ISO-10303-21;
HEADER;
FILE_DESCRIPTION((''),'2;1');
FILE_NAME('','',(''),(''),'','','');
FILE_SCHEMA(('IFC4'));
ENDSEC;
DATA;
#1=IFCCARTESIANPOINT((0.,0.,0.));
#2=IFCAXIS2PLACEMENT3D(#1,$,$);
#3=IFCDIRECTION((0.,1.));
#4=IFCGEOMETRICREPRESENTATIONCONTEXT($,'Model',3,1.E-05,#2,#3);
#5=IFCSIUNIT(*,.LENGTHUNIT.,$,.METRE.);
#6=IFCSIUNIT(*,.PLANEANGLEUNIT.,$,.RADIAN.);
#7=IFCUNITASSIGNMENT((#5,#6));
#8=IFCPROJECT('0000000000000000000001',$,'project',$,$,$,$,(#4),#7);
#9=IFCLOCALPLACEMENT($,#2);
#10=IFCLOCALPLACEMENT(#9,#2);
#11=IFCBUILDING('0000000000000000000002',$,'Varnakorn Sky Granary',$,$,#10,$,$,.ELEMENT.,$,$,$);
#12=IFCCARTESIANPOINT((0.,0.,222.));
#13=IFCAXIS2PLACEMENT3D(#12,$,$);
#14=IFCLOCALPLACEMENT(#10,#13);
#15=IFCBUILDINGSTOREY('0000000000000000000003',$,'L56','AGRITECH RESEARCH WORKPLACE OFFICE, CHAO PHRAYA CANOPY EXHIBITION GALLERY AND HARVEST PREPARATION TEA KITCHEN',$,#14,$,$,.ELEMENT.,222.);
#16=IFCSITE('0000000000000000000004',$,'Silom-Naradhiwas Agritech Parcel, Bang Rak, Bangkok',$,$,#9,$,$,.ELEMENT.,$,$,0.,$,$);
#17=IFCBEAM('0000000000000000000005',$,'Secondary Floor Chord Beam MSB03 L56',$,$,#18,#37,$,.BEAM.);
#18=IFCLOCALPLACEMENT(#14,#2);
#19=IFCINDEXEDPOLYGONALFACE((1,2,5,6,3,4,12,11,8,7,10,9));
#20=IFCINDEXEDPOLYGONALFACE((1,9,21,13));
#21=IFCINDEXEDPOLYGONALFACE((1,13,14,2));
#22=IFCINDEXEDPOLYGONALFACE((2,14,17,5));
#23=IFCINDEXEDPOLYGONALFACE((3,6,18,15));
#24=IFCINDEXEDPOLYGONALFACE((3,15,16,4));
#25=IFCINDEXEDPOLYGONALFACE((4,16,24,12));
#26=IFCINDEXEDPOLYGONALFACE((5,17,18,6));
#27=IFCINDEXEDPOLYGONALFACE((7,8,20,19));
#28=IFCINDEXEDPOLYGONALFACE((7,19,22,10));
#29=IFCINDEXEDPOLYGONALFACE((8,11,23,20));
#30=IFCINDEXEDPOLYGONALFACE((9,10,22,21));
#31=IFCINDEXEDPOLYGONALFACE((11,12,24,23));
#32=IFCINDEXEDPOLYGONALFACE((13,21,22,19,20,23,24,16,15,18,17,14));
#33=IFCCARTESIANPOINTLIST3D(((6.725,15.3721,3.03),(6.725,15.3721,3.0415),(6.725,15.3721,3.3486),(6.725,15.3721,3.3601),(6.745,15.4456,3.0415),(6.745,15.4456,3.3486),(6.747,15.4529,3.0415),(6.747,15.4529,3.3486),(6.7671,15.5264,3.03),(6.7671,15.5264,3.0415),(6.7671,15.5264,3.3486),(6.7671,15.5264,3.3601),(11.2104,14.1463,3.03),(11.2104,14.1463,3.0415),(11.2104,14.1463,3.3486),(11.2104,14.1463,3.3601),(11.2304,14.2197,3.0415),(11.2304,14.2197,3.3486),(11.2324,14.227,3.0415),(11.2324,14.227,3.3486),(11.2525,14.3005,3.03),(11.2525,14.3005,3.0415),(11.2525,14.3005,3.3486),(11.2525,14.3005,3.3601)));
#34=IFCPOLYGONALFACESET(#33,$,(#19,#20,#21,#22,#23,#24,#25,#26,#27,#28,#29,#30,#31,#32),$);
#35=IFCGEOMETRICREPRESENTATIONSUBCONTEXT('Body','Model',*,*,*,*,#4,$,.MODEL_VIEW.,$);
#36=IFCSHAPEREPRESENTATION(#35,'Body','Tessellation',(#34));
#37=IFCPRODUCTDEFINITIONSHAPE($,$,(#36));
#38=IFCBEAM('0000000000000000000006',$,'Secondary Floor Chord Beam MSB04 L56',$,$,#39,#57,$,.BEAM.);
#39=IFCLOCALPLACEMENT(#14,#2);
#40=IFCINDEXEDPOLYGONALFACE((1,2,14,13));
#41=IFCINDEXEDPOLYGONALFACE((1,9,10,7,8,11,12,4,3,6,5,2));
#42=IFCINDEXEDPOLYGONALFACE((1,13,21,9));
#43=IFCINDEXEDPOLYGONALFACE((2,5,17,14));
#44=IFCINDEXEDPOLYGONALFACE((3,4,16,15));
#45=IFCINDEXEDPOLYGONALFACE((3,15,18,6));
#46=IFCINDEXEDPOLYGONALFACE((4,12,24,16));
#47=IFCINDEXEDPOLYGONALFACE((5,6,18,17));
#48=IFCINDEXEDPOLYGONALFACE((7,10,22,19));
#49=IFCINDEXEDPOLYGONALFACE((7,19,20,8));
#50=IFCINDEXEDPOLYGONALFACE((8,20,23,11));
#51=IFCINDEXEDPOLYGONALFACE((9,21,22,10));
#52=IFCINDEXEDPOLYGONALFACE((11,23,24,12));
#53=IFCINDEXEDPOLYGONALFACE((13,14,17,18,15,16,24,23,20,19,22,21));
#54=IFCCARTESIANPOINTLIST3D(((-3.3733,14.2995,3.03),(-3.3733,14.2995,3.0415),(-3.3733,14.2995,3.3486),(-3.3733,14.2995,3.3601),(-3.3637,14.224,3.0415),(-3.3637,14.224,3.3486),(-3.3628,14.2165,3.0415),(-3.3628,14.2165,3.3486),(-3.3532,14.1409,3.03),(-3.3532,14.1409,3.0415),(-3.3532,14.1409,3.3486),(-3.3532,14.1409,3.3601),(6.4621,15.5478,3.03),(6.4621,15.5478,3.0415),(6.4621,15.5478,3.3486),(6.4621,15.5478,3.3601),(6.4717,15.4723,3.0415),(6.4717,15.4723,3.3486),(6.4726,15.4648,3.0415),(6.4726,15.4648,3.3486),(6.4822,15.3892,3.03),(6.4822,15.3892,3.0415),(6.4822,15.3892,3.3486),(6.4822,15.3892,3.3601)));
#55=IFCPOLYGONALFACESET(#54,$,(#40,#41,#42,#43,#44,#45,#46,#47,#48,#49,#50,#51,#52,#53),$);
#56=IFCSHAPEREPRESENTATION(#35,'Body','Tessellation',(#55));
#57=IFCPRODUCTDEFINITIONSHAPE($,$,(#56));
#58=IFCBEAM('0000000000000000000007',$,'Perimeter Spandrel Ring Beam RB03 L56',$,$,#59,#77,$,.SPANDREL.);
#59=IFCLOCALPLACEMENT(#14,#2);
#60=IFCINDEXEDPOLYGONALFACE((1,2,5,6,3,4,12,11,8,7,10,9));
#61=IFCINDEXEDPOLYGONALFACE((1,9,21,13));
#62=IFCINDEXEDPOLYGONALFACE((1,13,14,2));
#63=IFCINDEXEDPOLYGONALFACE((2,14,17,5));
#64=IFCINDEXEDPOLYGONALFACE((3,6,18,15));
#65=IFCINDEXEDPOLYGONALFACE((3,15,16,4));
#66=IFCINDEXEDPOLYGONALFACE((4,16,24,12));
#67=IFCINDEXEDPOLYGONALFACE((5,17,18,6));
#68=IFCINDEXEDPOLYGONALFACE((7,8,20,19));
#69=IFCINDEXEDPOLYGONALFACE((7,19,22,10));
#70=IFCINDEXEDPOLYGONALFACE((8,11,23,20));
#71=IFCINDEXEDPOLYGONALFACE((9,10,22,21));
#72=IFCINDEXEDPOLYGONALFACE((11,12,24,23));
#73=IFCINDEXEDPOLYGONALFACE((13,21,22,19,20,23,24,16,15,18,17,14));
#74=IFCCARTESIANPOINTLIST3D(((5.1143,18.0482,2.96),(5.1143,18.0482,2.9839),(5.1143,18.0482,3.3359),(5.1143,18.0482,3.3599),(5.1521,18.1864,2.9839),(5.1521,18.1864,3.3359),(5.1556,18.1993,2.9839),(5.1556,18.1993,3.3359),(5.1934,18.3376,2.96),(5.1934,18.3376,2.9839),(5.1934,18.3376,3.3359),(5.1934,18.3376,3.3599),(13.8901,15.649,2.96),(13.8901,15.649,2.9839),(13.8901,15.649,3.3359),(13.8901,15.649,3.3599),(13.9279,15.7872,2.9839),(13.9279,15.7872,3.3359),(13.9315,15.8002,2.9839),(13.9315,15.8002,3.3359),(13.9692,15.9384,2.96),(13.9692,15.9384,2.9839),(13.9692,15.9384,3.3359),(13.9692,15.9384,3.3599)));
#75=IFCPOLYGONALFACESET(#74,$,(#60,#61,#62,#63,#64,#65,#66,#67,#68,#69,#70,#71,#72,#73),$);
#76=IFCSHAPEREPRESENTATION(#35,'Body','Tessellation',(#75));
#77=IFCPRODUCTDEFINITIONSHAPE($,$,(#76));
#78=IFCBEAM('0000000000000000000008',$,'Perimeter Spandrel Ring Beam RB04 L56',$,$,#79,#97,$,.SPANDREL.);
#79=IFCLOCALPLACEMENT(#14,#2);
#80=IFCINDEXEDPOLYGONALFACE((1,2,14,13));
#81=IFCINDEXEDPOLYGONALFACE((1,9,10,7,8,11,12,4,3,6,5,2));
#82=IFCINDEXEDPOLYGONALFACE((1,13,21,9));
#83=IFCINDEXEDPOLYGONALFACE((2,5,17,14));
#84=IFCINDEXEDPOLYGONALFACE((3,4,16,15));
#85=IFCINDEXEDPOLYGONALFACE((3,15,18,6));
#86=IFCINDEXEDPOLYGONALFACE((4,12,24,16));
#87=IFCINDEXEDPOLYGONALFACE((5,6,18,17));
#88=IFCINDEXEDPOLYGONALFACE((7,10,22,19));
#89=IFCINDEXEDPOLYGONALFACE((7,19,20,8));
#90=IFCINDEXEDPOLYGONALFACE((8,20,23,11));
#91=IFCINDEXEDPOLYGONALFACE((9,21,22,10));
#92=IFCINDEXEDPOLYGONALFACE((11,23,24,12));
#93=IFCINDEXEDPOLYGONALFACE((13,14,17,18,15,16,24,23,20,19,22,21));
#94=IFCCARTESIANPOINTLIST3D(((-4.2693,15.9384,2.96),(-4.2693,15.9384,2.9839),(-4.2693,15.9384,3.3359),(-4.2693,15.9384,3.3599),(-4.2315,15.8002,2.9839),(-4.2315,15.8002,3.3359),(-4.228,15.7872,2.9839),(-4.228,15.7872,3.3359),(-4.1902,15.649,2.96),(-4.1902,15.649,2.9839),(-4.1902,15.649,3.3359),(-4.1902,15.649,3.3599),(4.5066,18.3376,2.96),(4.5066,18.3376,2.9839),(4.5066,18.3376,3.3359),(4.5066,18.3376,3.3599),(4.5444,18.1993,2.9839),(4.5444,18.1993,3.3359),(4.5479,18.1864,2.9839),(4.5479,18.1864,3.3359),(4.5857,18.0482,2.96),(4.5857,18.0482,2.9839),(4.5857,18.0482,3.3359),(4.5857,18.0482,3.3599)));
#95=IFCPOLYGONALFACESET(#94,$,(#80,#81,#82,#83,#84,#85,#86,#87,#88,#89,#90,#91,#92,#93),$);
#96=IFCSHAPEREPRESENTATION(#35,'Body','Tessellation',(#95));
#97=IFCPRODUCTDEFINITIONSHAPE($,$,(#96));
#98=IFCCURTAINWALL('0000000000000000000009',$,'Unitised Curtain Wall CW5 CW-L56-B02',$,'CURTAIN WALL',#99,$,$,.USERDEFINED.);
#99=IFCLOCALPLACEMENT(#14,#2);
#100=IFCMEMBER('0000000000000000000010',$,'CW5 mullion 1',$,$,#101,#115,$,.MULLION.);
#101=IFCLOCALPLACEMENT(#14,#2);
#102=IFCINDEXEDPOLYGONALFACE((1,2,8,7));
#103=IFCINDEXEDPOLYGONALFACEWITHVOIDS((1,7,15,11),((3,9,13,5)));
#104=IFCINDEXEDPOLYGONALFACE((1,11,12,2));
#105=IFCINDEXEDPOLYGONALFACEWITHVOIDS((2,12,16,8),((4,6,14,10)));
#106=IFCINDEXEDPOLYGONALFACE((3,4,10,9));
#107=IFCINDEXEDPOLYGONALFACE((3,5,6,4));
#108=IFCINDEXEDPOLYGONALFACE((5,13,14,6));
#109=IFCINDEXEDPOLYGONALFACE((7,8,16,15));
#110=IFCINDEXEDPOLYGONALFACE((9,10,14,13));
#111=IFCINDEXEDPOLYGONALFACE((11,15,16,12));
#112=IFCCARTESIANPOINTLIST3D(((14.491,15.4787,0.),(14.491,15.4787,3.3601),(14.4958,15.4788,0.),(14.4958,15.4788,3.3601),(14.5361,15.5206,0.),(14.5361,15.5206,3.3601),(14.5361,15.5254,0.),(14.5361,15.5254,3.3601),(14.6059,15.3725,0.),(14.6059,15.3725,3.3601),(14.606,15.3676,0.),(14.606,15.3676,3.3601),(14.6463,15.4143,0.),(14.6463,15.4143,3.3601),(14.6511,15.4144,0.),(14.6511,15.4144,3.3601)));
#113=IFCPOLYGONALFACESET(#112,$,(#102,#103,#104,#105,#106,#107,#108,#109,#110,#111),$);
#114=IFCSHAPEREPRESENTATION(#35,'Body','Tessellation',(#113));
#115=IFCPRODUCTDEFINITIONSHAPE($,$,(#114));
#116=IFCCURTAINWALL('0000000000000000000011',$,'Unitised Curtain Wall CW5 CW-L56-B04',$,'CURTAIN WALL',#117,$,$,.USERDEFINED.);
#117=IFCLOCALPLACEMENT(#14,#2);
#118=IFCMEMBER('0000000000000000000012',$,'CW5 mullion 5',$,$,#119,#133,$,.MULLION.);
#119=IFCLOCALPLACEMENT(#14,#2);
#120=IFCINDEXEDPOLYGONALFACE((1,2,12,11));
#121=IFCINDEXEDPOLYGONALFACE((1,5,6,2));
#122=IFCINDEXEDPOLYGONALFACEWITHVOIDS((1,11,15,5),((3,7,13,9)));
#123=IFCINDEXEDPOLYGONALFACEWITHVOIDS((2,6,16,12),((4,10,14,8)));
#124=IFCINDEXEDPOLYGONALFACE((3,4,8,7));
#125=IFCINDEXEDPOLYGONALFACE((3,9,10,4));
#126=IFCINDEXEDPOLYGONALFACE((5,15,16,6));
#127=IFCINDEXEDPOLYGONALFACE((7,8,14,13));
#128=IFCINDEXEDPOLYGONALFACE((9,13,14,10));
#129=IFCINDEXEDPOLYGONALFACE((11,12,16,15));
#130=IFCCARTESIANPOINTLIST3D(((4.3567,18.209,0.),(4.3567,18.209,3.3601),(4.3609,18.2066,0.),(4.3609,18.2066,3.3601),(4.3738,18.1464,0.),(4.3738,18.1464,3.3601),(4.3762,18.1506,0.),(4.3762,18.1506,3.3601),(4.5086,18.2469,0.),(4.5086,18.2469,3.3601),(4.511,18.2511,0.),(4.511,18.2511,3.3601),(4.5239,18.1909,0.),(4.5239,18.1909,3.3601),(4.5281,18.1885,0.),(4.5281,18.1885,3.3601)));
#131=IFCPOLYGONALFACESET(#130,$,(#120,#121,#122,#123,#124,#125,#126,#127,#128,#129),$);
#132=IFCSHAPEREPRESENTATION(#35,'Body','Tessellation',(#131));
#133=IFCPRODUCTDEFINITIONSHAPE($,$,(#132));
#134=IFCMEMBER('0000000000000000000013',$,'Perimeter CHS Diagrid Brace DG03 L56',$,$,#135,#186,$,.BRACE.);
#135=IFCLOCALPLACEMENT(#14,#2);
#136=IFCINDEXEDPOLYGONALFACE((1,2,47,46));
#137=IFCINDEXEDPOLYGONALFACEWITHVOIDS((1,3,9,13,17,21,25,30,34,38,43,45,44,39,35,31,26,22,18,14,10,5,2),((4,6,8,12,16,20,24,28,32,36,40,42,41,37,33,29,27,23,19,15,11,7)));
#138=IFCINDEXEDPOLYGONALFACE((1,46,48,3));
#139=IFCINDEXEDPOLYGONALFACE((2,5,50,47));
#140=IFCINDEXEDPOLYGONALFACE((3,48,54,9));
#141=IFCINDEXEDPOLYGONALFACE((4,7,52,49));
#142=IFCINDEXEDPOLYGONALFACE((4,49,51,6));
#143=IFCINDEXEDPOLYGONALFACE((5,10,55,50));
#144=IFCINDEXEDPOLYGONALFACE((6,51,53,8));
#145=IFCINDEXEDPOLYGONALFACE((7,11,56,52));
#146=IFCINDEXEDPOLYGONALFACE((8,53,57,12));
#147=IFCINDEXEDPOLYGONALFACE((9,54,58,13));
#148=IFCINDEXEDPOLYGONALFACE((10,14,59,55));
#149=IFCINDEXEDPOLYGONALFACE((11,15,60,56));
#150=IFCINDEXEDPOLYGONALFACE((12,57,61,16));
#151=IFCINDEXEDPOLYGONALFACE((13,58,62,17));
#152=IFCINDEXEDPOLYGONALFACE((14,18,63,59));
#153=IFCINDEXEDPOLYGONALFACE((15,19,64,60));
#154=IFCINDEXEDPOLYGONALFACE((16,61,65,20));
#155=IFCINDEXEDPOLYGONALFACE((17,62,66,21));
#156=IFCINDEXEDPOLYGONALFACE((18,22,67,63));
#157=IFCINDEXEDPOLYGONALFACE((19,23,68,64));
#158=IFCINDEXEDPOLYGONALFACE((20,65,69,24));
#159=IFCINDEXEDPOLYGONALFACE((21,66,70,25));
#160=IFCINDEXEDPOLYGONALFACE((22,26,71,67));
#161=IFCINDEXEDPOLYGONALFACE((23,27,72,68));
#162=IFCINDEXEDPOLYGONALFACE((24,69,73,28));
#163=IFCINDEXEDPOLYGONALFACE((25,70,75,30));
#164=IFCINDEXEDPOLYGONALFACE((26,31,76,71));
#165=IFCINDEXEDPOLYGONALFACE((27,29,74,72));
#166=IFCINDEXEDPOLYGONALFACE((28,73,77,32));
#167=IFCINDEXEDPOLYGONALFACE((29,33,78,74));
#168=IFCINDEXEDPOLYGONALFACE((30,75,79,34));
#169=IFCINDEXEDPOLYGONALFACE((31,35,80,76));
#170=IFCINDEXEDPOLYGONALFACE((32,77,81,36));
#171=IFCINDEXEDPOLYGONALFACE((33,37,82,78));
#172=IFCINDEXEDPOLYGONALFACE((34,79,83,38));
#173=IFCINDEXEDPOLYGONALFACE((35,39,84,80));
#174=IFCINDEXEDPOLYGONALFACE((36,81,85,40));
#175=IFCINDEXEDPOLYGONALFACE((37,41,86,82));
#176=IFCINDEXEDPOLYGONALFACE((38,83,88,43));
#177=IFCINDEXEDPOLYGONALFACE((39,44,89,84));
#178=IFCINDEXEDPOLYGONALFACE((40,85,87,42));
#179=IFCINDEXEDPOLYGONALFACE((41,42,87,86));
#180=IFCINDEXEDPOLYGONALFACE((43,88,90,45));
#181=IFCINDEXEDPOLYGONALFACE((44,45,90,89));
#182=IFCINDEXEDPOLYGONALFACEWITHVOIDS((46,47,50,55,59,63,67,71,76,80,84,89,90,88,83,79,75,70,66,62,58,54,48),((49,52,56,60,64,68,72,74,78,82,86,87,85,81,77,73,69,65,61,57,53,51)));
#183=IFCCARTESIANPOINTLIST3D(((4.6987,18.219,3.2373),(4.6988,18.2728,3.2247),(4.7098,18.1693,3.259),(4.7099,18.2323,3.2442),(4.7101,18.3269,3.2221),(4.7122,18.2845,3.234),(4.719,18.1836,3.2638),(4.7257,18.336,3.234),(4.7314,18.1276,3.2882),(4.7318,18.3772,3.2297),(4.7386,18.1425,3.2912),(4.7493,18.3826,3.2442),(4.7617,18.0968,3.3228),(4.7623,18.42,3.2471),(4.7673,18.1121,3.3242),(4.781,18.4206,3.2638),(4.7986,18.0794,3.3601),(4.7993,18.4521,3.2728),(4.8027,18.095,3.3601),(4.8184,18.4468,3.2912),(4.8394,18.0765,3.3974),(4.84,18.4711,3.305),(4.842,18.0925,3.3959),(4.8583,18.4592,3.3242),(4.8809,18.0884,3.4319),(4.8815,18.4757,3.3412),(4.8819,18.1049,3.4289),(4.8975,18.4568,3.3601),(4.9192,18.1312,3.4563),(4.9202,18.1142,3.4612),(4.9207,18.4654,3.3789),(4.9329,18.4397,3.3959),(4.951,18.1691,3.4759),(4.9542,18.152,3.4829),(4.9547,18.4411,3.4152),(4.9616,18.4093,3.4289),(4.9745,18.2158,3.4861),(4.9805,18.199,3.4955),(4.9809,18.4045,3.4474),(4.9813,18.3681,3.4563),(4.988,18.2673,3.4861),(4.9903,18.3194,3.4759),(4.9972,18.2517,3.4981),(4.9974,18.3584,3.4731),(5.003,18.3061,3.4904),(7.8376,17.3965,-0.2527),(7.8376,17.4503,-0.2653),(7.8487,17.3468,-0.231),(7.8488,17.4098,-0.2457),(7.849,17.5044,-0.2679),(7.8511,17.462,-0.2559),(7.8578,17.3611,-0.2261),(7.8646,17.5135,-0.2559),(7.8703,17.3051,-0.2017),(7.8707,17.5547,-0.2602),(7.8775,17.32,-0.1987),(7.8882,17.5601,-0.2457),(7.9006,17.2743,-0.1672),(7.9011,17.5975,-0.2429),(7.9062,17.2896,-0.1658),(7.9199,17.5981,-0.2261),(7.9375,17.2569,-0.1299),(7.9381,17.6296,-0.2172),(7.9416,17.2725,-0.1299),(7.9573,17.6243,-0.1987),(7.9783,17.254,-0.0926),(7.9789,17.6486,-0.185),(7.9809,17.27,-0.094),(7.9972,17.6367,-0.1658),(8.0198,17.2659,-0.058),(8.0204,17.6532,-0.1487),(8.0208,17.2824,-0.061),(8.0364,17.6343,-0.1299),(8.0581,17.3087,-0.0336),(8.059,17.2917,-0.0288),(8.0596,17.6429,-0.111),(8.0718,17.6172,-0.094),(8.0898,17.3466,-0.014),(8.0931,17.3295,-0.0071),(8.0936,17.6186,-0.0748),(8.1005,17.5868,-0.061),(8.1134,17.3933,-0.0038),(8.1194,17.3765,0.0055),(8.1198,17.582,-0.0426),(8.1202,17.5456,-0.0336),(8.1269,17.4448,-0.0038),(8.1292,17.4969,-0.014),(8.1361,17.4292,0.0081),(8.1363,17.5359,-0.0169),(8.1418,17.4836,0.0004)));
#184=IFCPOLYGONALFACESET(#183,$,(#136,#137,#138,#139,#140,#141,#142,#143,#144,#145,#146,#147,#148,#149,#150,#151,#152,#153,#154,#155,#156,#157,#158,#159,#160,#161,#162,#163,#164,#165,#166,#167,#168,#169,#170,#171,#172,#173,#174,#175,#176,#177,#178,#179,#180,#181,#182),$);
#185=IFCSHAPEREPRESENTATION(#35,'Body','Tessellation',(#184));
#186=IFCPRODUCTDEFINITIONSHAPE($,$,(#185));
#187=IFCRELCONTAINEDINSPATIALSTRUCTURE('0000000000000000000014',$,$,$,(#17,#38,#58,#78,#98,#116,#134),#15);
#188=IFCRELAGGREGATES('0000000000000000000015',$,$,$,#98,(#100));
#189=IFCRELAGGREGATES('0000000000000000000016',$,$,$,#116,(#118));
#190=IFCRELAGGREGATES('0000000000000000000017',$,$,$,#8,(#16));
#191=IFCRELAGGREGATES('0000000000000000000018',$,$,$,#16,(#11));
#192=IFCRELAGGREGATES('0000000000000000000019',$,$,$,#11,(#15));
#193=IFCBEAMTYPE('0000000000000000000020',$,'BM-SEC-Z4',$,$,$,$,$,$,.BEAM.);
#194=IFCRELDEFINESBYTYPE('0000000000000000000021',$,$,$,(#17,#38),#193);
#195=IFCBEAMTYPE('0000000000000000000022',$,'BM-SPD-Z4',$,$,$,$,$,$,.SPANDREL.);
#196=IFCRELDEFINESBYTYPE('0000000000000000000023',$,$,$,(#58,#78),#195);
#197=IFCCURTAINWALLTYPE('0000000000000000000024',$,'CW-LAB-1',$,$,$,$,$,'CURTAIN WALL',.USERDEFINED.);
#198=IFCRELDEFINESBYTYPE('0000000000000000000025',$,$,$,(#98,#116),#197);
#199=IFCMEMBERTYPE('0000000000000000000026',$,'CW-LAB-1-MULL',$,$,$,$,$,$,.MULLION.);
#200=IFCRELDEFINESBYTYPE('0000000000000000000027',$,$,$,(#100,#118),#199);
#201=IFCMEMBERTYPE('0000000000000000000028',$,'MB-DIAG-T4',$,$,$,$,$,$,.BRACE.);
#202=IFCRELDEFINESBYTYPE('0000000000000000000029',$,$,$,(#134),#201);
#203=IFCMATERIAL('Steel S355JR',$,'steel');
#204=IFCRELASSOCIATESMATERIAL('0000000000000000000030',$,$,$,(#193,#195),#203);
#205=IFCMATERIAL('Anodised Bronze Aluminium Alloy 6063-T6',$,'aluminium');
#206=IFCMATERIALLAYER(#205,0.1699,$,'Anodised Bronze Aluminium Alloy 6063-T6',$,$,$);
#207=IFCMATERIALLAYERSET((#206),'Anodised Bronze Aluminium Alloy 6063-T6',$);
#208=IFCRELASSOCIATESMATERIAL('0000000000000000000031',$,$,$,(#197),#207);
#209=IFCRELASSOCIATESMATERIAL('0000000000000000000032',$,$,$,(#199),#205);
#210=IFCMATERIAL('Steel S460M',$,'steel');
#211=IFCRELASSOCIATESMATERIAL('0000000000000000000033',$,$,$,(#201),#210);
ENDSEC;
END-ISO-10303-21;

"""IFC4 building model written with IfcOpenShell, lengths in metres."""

from ifc_helpers import new_model, si_unit, direction, frame, origin, origin_2d, place, context, subcontext, project, spatial, hollow_rectangle, hollow_circle, i_section, extrude, material, layer, layer_set, material_profile, profile_set, type_object, element, aggregate, save


model = new_model("IFC4")

# Units and contexts
model_context = context("Model", 3, precision=1e-05, world=origin(), true_north=direction((0.0, 1.0)))
body_context = subcontext(model_context, "Body", "Model", "MODEL_VIEW")
ifc_project = project(units=[si_unit("LENGTHUNIT", "METRE"), si_unit("PLANEANGLEUNIT", "RADIAN")], contexts=[model_context])

# Site, building, storey
site_placement = place(None, origin())
site = spatial("IfcSite", under=ifc_project, at=site_placement, Name="Silom-Naradhiwas Agritech Parcel, Bang Rak, Bangkok", CompositionType="ELEMENT", RefElevation=0.0)
building_placement = place(site_placement, origin())
building = spatial("IfcBuilding", under=site, at=building_placement, Name="Varnakorn Sky Granary", CompositionType="ELEMENT")
storey_placement = place(building_placement, frame((0.0, 0.0, 222.0)))
storey = spatial("IfcBuildingStorey", under=building, at=storey_placement, Name="L56", Description="AGRITECH RESEARCH WORKPLACE OFFICE, CHAO PHRAYA CANOPY EXHIBITION GALLERY AND HARVEST PREPARATION TEA KITCHEN", CompositionType="ELEMENT", Elevation=222.0)

# Shared definitions
ifc_material_1 = material(Name="Steel S460M", Category="steel")

# Beams
ifc_material_2 = material(Name="Steel S355JR", Category="steel")
ifc_material_profile_1 = material_profile(ifc_material_2, i_section(OverallWidth=0.1599, OverallDepth=0.3301, WebThickness=0.0076, FlangeThickness=0.0115, at=origin_2d()), Name="IPE 330")
ifc_profile_set_1 = profile_set([ifc_material_profile_1], Name="Steel S355JR")
beam_type_1 = type_object("IfcBeamType", Name="BM-SEC-Z4", PredefinedType="BEAM", material=ifc_profile_set_1)
beam_1_placement = place(storey_placement, frame((11.2314, 14.2234, 3.1951), z_axis=(-0.964624, 0.263628, 0.0), x_axis=(-0.263628, -0.964624, 0.0)))
element("IfcBeam", 1, at=beam_1_placement, inside=storey, type_object=beam_type_1, Name="Secondary Floor Chord Beam MSB03 L56", PredefinedType="BEAM", context=body_context, shape_type="SweptSolid", body=[
    extrude(i_section(OverallWidth=0.1599, OverallDepth=0.3301, WebThickness=0.0076, FlangeThickness=0.0115, at=origin_2d()), origin(), (0.0, 0.0, 1.0), 4.6499),
])
beam_2_placement = place(storey_placement, frame((6.4722, 15.4685, 3.1951), z_axis=(-0.992042, -0.125908, 0.0), x_axis=(0.125908, -0.992042, 0.0)))
element("IfcBeam", 2, at=beam_2_placement, inside=storey, type_object=beam_type_1, Name="Secondary Floor Chord Beam MSB04 L56", PredefinedType="BEAM", context=body_context, shape_type="SweptSolid", body=[
    extrude(i_section(OverallWidth=0.1599, OverallDepth=0.3301, WebThickness=0.0076, FlangeThickness=0.0115, at=origin_2d()), origin(), (0.0, 0.0, 1.0), 9.9143),
])
ifc_material_profile_2 = material_profile(ifc_material_2, i_section(OverallWidth=0.3, OverallDepth=0.3999, WebThickness=0.0134, FlangeThickness=0.0239, at=origin_2d()), Name="HE 400 B")
ifc_profile_set_2 = profile_set([ifc_material_profile_2], Name="Steel S355JR")
beam_type_2 = type_object("IfcBeamType", Name="BM-SPD-Z4", PredefinedType="SPANDREL", material=ifc_profile_set_2)
for number, where, z_axis, x_axis, name in (
    (3, (13.9297, 15.7937, 3.1599), (-0.964603, 0.263705, 0.0), (-0.263705, -0.964603, 0.0), "Perimeter Spandrel Ring Beam RB03 L56"),
    (4, (4.5461, 18.1929, 3.1599), (-0.964603, -0.263705, 0.0), (0.263705, -0.964603, 0.0), "Perimeter Spandrel Ring Beam RB04 L56"),
):
    element("IfcBeam", number, at=place(storey_placement, frame(where, z_axis=z_axis, x_axis=x_axis)), inside=storey, type_object=beam_type_2, Name=name, PredefinedType="SPANDREL", context=body_context, shape_type="SweptSolid", body=[
        extrude(i_section(OverallWidth=0.3, OverallDepth=0.3999, WebThickness=0.0134, FlangeThickness=0.0239, at=origin_2d()), origin(), (0.0, 0.0, 1.0), 9.0979),
    ])

# Curtain walls, members
ifc_material_3 = material(Name="Anodised Bronze Aluminium Alloy 6063-T6", Category="aluminium")
ifc_layer_1 = layer(ifc_material_3, 0.1699, Name="Anodised Bronze Aluminium Alloy 6063-T6")
ifc_layer_set_1 = layer_set([ifc_layer_1], Name="Anodised Bronze Aluminium Alloy 6063-T6")
curtain_wall_type = type_object("IfcCurtainWallType", Name="CW-LAB-1", ElementType="CURTAIN WALL", PredefinedType="USERDEFINED", material=ifc_layer_set_1)
curtain_wall_1_placement = place(storey_placement, origin())
curtain_wall_1 = element("IfcCurtainWall", 5, at=curtain_wall_1_placement, inside=storey, type_object=curtain_wall_type, Name="Unitised Curtain Wall CW5 CW-L56-B02", ObjectType="CURTAIN WALL", PredefinedType="USERDEFINED")
ifc_material_profile_3 = material_profile(ifc_material_3, hollow_rectangle(XDim=0.0649, YDim=0.1599, WallThickness=0.0034, at=origin_2d()), Name="ALU MULL 65x160")
ifc_profile_set_3 = profile_set([ifc_material_profile_3], Name="Anodised Bronze Aluminium Alloy 6063-T6")
member_type_1 = type_object("IfcMemberType", Name="CW-LAB-1-MULL", PredefinedType="MULLION", material=ifc_profile_set_3)
member_1_placement = place(storey_placement, frame((14.571, 15.4465, 0.0), z_axis=(0.0, 0.0, 1.0), x_axis=(0.694404, 0.719585, 0.0)))
member_1 = element("IfcMember", 6, at=member_1_placement, type_object=member_type_1, Name="CW5 mullion 1", PredefinedType="MULLION", context=body_context, shape_type="SweptSolid", body=[
    extrude(hollow_rectangle(XDim=0.0649, YDim=0.1599, WallThickness=0.0034, at=origin_2d()), origin(), (0.0, 0.0, 1.0), 3.3601),
])
aggregate(curtain_wall_1, [member_1])
curtain_wall_2_placement = place(storey_placement, origin())
curtain_wall_2 = element("IfcCurtainWall", 7, at=curtain_wall_2_placement, inside=storey, type_object=curtain_wall_type, Name="Unitised Curtain Wall CW5 CW-L56-B04", ObjectType="CURTAIN WALL", PredefinedType="USERDEFINED")
member_2_placement = place(storey_placement, frame((4.4424, 18.1987, 0.0), z_axis=(0.0, 0.0, 1.0), x_axis=(-0.263276, 0.964721, 0.0)))
member_2 = element("IfcMember", 8, at=member_2_placement, type_object=member_type_1, Name="CW5 mullion 5", PredefinedType="MULLION", context=body_context, shape_type="SweptSolid", body=[
    extrude(hollow_rectangle(XDim=0.0649, YDim=0.1599, WallThickness=0.0034, at=origin_2d()), origin(), (0.0, 0.0, 1.0), 3.3601),
])
aggregate(curtain_wall_2, [member_2])

# Member
ifc_material_profile_4 = material_profile(ifc_material_1, hollow_circle(Radius=0.2031, WallThickness=0.0161, at=origin_2d()), Name="CHS 406.4x16")
ifc_profile_set_4 = profile_set([ifc_material_profile_4], Name="Steel S460M")
member_type_2 = type_object("IfcMemberType", Name="MB-DIAG-T4", PredefinedType="BRACE", material=ifc_profile_set_4)
member_3_placement = place(storey_placement, frame((7.989, 17.4534, -0.1299), z_axis=(-0.658684, 0.172599, 0.732355), x_axis=(-0.253478, -0.967341, 0.0)))
element("IfcMember", 9, at=member_3_placement, inside=storey, type_object=member_type_2, Name="Perimeter CHS Diagrid Brace DG03 L56", PredefinedType="BRACE", context=body_context, shape_type="SweptSolid", body=[
    extrude(hollow_circle(Radius=0.2031, WallThickness=0.0161, at=origin_2d()), origin(), (0.0, 0.0, 1.0), 4.7654),
])

save(model, "model.ifc")
